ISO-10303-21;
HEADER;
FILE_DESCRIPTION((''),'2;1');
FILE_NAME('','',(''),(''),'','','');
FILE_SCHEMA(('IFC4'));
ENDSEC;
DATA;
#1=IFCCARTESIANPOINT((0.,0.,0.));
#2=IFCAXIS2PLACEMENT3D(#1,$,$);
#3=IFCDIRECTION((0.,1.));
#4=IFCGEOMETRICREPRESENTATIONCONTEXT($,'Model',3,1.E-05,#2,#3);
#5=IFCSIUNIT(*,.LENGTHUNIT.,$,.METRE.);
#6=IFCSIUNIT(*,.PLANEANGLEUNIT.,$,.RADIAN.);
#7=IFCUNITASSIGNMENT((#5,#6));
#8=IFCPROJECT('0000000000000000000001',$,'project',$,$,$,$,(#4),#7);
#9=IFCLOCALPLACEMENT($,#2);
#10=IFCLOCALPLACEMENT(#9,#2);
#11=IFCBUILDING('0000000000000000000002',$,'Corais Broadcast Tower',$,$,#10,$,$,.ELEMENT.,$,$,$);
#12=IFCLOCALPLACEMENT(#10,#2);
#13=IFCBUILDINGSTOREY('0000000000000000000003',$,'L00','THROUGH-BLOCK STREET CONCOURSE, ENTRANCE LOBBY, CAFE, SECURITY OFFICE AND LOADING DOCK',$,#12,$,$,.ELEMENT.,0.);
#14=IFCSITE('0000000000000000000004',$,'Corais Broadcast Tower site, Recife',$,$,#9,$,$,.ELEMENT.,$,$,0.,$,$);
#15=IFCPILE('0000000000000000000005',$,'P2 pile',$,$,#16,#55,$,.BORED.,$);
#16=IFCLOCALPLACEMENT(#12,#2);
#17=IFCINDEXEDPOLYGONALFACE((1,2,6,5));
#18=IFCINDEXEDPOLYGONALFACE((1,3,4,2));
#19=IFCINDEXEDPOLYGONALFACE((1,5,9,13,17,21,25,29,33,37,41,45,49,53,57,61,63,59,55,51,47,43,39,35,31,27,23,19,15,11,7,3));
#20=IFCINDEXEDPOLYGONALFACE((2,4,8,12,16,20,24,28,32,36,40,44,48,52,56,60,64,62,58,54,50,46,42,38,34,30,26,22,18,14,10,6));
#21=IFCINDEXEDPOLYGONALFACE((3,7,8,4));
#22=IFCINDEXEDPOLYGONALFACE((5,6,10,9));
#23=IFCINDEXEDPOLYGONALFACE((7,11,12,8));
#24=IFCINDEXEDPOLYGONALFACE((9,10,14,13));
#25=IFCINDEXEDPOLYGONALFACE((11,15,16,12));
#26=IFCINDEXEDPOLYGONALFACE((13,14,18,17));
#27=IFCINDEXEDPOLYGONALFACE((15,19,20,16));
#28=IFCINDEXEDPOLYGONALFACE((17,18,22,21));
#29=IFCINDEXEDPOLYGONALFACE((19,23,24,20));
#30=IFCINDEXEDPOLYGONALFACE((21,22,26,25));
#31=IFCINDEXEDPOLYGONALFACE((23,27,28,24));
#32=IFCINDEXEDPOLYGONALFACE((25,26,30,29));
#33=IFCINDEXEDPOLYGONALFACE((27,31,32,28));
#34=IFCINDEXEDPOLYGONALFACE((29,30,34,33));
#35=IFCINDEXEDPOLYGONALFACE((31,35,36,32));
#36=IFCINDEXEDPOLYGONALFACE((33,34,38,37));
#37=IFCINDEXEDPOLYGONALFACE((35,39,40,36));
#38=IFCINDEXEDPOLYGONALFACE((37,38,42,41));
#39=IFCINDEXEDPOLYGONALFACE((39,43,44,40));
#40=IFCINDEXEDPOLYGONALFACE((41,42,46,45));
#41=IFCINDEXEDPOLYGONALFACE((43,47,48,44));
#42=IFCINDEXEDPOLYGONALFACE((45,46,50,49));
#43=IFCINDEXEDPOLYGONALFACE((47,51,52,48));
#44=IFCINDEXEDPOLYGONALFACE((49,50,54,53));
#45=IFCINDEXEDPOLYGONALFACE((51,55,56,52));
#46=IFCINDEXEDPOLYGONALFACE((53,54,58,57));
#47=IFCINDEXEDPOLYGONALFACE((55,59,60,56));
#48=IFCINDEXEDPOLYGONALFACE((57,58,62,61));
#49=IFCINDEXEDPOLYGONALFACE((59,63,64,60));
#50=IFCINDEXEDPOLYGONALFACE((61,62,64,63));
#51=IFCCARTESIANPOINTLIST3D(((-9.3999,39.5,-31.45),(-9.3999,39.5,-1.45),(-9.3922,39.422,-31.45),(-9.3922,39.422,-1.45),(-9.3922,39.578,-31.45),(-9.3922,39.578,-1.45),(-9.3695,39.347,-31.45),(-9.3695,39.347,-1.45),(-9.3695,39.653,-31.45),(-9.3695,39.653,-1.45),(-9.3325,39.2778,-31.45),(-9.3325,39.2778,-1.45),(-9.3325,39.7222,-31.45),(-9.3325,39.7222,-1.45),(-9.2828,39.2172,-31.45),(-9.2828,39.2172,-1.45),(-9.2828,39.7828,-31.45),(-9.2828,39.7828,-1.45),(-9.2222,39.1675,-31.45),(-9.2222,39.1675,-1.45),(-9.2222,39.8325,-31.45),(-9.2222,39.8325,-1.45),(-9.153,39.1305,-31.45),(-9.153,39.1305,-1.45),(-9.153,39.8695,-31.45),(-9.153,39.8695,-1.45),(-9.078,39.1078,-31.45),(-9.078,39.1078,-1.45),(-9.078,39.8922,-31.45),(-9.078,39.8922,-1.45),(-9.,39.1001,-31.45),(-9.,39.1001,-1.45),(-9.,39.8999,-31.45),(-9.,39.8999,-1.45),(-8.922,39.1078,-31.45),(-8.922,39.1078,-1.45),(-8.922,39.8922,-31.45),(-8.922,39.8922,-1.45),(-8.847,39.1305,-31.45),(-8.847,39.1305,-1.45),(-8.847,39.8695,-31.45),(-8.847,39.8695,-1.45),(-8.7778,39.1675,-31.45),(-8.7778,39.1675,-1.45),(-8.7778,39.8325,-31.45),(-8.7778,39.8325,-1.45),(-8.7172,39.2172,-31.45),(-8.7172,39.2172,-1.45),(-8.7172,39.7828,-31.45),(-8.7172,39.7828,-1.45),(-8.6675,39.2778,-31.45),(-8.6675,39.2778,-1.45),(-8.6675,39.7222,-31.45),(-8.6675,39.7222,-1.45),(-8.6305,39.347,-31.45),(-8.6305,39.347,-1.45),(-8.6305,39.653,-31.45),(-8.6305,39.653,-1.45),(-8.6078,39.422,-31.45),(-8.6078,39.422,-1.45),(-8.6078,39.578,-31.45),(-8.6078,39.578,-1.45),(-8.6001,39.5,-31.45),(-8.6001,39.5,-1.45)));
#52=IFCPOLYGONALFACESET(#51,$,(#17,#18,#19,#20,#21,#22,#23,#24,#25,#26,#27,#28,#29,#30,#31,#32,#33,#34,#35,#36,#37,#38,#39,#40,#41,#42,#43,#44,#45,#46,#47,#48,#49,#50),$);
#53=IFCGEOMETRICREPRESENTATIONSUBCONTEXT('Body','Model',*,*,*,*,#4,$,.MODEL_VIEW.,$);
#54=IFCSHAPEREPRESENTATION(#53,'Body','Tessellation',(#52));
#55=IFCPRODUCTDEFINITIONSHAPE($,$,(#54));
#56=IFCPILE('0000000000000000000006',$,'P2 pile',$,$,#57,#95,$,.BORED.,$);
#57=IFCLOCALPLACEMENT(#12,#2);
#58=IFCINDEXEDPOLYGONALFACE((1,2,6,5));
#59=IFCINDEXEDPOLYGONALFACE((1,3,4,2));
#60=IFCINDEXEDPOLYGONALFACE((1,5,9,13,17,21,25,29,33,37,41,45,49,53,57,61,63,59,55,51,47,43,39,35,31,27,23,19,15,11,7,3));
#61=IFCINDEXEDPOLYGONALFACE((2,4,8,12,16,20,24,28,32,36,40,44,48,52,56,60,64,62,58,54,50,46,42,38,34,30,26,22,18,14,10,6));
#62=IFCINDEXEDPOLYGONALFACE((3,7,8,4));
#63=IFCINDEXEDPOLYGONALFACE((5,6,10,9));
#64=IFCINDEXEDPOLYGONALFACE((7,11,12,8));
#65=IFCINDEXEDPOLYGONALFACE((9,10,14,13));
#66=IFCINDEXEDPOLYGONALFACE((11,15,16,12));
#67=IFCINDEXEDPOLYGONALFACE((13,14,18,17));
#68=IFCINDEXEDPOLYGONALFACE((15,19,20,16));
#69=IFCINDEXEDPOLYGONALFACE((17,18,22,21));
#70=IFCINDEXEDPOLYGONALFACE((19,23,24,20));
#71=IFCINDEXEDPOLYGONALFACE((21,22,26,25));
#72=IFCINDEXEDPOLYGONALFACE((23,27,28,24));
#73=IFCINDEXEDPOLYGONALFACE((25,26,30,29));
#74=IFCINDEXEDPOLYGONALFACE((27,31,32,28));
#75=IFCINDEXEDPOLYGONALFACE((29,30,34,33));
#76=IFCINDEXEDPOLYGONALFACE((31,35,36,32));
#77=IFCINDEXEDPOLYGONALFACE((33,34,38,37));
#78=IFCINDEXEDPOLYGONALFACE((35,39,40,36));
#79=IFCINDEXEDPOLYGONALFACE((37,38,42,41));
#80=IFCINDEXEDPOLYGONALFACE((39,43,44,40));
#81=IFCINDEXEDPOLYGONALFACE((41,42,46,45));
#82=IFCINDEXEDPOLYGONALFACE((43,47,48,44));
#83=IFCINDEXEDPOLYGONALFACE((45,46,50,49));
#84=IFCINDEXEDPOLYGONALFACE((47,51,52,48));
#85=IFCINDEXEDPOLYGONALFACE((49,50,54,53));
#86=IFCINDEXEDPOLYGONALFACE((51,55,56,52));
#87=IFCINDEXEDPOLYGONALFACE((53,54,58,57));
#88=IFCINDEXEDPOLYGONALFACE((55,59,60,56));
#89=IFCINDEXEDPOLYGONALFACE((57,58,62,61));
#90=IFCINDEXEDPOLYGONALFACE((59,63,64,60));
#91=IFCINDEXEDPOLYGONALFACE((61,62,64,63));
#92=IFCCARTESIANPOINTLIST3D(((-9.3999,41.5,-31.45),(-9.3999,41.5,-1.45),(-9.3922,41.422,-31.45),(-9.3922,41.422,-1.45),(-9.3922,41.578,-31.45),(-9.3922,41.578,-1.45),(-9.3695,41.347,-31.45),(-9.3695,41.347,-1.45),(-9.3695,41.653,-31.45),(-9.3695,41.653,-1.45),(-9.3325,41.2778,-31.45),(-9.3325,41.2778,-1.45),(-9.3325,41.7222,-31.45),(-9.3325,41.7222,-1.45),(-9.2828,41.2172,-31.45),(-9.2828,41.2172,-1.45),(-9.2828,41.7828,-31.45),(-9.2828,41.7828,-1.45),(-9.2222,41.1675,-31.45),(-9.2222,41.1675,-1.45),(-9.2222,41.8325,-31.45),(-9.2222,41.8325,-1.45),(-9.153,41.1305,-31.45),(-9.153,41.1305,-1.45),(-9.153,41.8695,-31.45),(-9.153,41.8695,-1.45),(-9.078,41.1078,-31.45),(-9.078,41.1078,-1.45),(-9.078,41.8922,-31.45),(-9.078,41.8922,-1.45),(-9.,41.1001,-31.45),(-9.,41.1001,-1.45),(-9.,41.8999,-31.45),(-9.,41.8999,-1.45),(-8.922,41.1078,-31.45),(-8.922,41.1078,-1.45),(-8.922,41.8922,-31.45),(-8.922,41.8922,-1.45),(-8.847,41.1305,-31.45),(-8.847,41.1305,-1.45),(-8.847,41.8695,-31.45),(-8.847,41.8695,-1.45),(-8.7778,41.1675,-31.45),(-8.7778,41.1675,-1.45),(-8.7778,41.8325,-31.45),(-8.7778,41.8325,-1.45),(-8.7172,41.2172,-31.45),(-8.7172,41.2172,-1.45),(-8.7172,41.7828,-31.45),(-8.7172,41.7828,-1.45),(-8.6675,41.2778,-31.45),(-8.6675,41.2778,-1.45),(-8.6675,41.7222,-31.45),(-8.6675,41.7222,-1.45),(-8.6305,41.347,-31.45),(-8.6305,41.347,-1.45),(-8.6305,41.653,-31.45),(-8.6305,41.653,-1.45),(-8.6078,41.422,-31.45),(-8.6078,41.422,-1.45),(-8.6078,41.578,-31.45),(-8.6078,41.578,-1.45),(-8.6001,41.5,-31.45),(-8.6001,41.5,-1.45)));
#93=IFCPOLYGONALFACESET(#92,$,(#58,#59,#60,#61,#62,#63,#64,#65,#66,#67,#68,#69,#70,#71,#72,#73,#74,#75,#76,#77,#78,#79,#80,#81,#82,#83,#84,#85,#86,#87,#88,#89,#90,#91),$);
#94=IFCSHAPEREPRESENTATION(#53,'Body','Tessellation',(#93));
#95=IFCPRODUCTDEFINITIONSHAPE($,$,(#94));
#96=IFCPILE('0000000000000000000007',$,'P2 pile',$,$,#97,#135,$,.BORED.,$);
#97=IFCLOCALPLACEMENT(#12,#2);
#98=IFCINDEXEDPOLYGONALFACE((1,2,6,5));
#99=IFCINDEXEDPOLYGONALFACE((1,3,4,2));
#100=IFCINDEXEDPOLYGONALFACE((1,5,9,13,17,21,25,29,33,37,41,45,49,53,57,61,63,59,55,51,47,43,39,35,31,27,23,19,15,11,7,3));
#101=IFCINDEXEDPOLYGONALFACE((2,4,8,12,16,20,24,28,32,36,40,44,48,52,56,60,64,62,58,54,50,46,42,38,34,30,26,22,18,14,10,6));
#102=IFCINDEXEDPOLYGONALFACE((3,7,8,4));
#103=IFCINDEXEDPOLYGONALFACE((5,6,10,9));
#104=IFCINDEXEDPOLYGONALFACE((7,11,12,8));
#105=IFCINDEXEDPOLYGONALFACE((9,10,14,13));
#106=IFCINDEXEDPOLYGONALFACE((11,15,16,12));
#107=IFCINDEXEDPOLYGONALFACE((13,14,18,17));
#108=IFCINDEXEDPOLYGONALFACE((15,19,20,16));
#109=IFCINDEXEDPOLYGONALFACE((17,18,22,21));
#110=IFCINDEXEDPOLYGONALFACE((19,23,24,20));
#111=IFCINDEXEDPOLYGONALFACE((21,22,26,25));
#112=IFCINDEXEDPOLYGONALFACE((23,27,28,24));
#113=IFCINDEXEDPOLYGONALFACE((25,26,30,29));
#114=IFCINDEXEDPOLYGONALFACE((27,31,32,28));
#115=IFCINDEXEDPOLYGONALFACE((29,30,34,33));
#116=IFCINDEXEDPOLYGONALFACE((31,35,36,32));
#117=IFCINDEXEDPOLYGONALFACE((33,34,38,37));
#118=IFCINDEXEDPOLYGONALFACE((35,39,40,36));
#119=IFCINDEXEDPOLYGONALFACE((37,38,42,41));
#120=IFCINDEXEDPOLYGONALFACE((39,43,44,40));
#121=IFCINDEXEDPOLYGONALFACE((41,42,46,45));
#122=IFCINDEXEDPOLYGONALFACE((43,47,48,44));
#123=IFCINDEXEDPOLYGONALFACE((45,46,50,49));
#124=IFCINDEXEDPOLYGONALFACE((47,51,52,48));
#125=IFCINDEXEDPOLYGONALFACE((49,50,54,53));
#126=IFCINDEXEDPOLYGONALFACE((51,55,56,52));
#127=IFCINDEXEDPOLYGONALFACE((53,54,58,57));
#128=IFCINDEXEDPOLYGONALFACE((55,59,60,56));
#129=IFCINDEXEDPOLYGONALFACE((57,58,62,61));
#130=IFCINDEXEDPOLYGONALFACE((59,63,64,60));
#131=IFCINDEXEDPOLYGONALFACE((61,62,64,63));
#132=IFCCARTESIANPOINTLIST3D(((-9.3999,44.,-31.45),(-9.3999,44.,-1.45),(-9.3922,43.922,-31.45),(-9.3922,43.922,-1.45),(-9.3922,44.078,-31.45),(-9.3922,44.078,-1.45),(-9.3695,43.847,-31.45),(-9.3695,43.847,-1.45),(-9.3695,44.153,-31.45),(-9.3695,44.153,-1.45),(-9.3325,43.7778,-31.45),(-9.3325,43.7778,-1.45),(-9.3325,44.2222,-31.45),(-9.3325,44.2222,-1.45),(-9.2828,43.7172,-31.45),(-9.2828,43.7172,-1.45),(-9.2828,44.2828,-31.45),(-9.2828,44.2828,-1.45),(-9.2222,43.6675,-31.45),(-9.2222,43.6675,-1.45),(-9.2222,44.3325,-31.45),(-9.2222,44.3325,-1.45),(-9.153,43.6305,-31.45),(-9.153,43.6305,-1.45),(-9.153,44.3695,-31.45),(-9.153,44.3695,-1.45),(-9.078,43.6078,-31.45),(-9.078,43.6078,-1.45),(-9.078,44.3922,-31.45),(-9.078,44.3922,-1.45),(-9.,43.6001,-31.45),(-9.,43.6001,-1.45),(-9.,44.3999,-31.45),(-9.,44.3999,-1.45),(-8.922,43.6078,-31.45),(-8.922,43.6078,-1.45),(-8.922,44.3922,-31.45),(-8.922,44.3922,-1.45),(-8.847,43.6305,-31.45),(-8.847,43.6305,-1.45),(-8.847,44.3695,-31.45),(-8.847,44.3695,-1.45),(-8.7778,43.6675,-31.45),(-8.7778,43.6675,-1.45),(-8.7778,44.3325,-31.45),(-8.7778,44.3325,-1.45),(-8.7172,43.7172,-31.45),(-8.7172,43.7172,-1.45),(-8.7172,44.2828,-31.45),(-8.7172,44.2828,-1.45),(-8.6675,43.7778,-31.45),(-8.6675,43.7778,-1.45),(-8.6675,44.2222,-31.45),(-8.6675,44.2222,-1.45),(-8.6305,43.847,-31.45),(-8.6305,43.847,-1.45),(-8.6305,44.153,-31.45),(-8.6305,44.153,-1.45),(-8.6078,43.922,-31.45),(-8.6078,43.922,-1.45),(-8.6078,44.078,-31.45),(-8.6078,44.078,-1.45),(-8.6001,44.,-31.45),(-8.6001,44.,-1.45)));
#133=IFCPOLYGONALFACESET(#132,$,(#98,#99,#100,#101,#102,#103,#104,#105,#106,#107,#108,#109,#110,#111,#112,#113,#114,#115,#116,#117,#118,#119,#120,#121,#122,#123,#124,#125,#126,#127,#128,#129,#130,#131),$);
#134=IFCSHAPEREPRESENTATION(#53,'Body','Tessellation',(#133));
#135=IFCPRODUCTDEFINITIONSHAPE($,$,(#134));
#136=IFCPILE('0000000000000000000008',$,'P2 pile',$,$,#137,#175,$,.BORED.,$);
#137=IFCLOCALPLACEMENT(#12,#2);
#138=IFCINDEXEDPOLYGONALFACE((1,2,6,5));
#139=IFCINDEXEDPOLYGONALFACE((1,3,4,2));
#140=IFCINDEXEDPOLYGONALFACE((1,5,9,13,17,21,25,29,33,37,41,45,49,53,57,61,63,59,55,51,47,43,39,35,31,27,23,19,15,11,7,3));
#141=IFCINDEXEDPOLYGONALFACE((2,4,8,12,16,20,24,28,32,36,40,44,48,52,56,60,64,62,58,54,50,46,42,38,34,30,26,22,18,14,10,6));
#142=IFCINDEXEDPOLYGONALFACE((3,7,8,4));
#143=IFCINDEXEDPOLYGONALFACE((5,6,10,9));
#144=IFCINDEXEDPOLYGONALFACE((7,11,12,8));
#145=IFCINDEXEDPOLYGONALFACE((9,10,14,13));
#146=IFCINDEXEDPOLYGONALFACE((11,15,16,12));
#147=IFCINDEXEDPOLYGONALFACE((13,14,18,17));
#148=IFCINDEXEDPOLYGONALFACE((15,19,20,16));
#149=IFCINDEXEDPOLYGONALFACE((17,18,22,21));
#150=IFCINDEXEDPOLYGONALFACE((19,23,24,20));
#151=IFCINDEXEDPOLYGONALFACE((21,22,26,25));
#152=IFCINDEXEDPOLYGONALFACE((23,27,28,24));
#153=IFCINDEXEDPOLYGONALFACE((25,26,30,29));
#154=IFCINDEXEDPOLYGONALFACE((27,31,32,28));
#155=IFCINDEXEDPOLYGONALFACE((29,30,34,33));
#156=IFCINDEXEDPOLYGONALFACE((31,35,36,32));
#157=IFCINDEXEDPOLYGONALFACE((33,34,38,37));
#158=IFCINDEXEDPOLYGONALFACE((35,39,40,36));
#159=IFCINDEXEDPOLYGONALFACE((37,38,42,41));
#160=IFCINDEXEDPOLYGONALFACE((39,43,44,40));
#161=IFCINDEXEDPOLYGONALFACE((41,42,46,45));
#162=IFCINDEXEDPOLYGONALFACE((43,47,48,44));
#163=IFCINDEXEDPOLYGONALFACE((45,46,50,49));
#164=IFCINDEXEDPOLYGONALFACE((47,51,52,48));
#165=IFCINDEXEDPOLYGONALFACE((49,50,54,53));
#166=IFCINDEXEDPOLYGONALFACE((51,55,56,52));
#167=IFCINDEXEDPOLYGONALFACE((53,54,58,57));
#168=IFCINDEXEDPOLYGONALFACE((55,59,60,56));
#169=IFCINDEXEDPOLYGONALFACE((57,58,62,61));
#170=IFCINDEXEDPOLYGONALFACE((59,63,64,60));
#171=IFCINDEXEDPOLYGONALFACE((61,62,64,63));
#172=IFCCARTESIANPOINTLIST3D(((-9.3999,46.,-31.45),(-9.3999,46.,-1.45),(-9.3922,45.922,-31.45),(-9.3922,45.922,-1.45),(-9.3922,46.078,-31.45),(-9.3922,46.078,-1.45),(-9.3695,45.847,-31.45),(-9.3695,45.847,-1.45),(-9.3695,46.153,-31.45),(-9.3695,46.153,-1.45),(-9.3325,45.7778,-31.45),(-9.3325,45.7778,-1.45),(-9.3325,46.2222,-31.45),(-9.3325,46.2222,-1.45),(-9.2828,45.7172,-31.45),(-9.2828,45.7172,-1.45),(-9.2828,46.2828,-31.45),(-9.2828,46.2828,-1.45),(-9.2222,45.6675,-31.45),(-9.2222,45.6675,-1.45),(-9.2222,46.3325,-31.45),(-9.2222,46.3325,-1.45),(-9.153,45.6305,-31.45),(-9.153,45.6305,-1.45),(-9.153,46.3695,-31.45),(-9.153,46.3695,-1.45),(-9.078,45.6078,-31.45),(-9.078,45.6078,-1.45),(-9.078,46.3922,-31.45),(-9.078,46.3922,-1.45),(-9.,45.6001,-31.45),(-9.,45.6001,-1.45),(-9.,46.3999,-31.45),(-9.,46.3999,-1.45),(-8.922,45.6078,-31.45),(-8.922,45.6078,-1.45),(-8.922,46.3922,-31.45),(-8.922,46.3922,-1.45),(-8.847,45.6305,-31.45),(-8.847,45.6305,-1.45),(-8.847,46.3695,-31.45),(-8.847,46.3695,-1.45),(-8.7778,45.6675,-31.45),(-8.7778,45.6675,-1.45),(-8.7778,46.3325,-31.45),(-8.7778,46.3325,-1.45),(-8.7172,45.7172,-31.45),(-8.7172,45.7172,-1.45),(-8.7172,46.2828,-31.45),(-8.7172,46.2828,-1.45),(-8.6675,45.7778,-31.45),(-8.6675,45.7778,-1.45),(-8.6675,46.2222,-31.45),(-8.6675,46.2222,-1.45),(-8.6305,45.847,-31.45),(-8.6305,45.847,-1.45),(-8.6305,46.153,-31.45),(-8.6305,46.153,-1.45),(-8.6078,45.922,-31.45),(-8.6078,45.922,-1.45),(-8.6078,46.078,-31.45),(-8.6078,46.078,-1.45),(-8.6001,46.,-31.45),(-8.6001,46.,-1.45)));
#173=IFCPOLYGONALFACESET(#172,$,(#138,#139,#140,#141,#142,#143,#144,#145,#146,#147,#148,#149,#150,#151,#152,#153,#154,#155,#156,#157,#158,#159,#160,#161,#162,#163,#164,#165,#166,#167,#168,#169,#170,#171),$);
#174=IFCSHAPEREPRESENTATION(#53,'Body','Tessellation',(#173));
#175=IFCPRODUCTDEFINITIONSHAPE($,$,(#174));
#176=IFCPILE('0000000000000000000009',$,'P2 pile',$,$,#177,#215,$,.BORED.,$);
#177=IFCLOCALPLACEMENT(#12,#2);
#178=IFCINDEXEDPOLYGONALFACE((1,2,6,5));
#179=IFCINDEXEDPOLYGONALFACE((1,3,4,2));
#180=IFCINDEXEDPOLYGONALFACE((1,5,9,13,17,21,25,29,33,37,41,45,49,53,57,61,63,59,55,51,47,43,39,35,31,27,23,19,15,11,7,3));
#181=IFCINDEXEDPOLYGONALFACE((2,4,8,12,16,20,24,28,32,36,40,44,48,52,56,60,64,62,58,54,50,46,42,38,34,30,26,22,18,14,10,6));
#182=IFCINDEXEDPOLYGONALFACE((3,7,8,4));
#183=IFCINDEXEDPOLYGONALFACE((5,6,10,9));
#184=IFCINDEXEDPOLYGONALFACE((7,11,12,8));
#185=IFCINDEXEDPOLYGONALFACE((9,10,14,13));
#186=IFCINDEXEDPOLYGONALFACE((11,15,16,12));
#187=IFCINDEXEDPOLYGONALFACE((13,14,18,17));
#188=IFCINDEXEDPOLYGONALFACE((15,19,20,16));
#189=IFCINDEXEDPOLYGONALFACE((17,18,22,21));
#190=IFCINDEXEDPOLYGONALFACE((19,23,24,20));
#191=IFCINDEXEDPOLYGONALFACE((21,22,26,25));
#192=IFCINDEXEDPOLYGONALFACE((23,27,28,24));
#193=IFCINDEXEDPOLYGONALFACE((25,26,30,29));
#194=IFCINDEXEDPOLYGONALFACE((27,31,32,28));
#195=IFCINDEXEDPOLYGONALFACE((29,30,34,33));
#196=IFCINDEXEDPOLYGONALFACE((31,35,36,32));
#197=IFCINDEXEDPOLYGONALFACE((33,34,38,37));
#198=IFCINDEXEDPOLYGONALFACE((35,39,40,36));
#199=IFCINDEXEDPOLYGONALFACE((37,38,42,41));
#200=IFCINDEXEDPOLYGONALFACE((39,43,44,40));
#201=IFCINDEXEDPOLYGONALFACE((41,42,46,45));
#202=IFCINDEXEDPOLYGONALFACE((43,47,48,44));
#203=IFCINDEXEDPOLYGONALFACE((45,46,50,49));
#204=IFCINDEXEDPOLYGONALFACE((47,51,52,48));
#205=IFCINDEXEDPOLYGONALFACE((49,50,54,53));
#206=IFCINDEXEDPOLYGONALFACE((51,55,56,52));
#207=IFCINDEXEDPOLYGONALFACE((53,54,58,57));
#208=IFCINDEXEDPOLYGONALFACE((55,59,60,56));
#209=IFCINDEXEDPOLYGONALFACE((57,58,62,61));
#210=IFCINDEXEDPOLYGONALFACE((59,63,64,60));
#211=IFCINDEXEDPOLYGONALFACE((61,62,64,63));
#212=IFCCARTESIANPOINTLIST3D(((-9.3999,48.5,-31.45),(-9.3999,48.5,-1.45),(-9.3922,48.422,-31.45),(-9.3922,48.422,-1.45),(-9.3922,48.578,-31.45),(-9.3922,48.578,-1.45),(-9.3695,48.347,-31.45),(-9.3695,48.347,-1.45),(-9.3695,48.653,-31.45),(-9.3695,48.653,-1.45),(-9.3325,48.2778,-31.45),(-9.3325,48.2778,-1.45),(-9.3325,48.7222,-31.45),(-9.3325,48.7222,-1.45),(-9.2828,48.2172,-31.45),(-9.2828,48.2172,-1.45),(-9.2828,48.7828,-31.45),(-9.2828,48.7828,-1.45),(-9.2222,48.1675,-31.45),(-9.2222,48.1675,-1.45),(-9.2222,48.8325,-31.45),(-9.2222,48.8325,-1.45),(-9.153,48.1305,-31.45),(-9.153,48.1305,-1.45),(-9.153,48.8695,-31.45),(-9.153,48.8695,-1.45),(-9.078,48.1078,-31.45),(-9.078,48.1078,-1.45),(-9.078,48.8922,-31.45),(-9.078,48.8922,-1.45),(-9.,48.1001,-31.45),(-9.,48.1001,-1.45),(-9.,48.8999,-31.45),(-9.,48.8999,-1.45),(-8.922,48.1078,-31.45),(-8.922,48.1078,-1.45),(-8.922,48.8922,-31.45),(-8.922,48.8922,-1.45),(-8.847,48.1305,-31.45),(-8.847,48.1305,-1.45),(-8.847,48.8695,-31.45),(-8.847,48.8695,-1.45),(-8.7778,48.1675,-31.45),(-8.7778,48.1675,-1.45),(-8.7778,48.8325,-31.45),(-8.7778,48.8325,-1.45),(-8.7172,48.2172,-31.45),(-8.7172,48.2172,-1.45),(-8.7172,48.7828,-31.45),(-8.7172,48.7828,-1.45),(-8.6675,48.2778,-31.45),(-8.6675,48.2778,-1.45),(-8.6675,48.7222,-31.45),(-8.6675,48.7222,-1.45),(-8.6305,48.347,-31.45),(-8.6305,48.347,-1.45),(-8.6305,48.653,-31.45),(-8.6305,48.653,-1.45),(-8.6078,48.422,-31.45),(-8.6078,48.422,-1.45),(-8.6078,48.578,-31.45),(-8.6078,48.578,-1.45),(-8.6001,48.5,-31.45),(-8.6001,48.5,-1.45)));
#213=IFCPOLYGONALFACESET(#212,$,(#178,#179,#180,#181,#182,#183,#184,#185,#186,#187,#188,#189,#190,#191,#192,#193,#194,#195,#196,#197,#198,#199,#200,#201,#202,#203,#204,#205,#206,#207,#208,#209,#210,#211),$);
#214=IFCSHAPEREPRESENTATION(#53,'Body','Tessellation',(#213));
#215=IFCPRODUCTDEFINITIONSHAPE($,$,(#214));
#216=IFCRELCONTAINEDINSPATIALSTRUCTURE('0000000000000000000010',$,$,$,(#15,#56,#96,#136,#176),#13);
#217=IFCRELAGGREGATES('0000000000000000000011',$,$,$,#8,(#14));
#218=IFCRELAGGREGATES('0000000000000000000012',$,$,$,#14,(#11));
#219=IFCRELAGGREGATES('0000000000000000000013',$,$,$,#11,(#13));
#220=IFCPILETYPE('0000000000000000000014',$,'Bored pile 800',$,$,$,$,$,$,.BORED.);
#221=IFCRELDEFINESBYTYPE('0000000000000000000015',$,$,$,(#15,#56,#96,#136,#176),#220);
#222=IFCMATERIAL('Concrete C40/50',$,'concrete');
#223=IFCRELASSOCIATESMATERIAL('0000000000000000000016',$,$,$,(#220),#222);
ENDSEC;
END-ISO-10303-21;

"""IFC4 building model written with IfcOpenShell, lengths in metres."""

from ifc_helpers import new_model, si_unit, direction, frame, origin, origin_2d, place, context, subcontext, project, spatial, circle, extrude, material, type_object, element, save


model = new_model("IFC4")

# Units and contexts
model_context = context("Model", 3, precision=1e-05, world=origin(), true_north=direction((0.0, 1.0)))
body_context = subcontext(model_context, "Body", "Model", "MODEL_VIEW")
ifc_project = project(units=[si_unit("LENGTHUNIT", "METRE"), si_unit("PLANEANGLEUNIT", "RADIAN")], contexts=[model_context])

# Site, building, storey
site_placement = place(None, origin())
site = spatial("IfcSite", under=ifc_project, at=site_placement, Name="Corais Broadcast Tower site, Recife", CompositionType="ELEMENT", RefElevation=0.0)
building_placement = place(site_placement, origin())
building = spatial("IfcBuilding", under=site, at=building_placement, Name="Corais Broadcast Tower", CompositionType="ELEMENT")
storey_placement = place(building_placement, origin())
storey = spatial("IfcBuildingStorey", under=building, at=storey_placement, Name="L00", Description="THROUGH-BLOCK STREET CONCOURSE, ENTRANCE LOBBY, CAFE, SECURITY OFFICE AND LOADING DOCK", CompositionType="ELEMENT", Elevation=0.0)

# Piles
ifc_material_1 = material(Name="Concrete C40/50", Category="concrete")
pile_type_1 = type_object("IfcPileType", Name="Bored pile 800", PredefinedType="BORED", material=ifc_material_1)
for number, where, z_axis, x_axis, name in (
    (1, (-9.0, 39.5, -1.45), (0.0, 0.0, -1.0), (1.0, 0.0, 0.0), "P2 pile"),
    (2, (-9.0, 41.5, -1.45), (0.0, 0.0, -1.0), (1.0, 0.0, 0.0), "P2 pile"),
    (3, (-9.0, 44.0, -1.45), (0.0, 0.0, -1.0), (1.0, 0.0, 0.0), "P2 pile"),
    (4, (-9.0, 46.0, -1.45), (0.0, 0.0, -1.0), (1.0, 0.0, 0.0), "P2 pile"),
    (5, (-9.0, 48.5, -1.45), (0.0, 0.0, -1.0), (1.0, 0.0, 0.0), "P2 pile"),
):
    element("IfcPile", number, at=place(storey_placement, frame(where, z_axis=z_axis, x_axis=x_axis)), inside=storey, type_object=pile_type_1, Name=name, PredefinedType="BORED", context=body_context, shape_type="SweptSolid", body=[
        extrude(circle(Radius=0.3999, at=origin_2d()), origin(), (0.0, 0.0, 1.0), 30.0),
    ])

save(model, "model.ifc")
